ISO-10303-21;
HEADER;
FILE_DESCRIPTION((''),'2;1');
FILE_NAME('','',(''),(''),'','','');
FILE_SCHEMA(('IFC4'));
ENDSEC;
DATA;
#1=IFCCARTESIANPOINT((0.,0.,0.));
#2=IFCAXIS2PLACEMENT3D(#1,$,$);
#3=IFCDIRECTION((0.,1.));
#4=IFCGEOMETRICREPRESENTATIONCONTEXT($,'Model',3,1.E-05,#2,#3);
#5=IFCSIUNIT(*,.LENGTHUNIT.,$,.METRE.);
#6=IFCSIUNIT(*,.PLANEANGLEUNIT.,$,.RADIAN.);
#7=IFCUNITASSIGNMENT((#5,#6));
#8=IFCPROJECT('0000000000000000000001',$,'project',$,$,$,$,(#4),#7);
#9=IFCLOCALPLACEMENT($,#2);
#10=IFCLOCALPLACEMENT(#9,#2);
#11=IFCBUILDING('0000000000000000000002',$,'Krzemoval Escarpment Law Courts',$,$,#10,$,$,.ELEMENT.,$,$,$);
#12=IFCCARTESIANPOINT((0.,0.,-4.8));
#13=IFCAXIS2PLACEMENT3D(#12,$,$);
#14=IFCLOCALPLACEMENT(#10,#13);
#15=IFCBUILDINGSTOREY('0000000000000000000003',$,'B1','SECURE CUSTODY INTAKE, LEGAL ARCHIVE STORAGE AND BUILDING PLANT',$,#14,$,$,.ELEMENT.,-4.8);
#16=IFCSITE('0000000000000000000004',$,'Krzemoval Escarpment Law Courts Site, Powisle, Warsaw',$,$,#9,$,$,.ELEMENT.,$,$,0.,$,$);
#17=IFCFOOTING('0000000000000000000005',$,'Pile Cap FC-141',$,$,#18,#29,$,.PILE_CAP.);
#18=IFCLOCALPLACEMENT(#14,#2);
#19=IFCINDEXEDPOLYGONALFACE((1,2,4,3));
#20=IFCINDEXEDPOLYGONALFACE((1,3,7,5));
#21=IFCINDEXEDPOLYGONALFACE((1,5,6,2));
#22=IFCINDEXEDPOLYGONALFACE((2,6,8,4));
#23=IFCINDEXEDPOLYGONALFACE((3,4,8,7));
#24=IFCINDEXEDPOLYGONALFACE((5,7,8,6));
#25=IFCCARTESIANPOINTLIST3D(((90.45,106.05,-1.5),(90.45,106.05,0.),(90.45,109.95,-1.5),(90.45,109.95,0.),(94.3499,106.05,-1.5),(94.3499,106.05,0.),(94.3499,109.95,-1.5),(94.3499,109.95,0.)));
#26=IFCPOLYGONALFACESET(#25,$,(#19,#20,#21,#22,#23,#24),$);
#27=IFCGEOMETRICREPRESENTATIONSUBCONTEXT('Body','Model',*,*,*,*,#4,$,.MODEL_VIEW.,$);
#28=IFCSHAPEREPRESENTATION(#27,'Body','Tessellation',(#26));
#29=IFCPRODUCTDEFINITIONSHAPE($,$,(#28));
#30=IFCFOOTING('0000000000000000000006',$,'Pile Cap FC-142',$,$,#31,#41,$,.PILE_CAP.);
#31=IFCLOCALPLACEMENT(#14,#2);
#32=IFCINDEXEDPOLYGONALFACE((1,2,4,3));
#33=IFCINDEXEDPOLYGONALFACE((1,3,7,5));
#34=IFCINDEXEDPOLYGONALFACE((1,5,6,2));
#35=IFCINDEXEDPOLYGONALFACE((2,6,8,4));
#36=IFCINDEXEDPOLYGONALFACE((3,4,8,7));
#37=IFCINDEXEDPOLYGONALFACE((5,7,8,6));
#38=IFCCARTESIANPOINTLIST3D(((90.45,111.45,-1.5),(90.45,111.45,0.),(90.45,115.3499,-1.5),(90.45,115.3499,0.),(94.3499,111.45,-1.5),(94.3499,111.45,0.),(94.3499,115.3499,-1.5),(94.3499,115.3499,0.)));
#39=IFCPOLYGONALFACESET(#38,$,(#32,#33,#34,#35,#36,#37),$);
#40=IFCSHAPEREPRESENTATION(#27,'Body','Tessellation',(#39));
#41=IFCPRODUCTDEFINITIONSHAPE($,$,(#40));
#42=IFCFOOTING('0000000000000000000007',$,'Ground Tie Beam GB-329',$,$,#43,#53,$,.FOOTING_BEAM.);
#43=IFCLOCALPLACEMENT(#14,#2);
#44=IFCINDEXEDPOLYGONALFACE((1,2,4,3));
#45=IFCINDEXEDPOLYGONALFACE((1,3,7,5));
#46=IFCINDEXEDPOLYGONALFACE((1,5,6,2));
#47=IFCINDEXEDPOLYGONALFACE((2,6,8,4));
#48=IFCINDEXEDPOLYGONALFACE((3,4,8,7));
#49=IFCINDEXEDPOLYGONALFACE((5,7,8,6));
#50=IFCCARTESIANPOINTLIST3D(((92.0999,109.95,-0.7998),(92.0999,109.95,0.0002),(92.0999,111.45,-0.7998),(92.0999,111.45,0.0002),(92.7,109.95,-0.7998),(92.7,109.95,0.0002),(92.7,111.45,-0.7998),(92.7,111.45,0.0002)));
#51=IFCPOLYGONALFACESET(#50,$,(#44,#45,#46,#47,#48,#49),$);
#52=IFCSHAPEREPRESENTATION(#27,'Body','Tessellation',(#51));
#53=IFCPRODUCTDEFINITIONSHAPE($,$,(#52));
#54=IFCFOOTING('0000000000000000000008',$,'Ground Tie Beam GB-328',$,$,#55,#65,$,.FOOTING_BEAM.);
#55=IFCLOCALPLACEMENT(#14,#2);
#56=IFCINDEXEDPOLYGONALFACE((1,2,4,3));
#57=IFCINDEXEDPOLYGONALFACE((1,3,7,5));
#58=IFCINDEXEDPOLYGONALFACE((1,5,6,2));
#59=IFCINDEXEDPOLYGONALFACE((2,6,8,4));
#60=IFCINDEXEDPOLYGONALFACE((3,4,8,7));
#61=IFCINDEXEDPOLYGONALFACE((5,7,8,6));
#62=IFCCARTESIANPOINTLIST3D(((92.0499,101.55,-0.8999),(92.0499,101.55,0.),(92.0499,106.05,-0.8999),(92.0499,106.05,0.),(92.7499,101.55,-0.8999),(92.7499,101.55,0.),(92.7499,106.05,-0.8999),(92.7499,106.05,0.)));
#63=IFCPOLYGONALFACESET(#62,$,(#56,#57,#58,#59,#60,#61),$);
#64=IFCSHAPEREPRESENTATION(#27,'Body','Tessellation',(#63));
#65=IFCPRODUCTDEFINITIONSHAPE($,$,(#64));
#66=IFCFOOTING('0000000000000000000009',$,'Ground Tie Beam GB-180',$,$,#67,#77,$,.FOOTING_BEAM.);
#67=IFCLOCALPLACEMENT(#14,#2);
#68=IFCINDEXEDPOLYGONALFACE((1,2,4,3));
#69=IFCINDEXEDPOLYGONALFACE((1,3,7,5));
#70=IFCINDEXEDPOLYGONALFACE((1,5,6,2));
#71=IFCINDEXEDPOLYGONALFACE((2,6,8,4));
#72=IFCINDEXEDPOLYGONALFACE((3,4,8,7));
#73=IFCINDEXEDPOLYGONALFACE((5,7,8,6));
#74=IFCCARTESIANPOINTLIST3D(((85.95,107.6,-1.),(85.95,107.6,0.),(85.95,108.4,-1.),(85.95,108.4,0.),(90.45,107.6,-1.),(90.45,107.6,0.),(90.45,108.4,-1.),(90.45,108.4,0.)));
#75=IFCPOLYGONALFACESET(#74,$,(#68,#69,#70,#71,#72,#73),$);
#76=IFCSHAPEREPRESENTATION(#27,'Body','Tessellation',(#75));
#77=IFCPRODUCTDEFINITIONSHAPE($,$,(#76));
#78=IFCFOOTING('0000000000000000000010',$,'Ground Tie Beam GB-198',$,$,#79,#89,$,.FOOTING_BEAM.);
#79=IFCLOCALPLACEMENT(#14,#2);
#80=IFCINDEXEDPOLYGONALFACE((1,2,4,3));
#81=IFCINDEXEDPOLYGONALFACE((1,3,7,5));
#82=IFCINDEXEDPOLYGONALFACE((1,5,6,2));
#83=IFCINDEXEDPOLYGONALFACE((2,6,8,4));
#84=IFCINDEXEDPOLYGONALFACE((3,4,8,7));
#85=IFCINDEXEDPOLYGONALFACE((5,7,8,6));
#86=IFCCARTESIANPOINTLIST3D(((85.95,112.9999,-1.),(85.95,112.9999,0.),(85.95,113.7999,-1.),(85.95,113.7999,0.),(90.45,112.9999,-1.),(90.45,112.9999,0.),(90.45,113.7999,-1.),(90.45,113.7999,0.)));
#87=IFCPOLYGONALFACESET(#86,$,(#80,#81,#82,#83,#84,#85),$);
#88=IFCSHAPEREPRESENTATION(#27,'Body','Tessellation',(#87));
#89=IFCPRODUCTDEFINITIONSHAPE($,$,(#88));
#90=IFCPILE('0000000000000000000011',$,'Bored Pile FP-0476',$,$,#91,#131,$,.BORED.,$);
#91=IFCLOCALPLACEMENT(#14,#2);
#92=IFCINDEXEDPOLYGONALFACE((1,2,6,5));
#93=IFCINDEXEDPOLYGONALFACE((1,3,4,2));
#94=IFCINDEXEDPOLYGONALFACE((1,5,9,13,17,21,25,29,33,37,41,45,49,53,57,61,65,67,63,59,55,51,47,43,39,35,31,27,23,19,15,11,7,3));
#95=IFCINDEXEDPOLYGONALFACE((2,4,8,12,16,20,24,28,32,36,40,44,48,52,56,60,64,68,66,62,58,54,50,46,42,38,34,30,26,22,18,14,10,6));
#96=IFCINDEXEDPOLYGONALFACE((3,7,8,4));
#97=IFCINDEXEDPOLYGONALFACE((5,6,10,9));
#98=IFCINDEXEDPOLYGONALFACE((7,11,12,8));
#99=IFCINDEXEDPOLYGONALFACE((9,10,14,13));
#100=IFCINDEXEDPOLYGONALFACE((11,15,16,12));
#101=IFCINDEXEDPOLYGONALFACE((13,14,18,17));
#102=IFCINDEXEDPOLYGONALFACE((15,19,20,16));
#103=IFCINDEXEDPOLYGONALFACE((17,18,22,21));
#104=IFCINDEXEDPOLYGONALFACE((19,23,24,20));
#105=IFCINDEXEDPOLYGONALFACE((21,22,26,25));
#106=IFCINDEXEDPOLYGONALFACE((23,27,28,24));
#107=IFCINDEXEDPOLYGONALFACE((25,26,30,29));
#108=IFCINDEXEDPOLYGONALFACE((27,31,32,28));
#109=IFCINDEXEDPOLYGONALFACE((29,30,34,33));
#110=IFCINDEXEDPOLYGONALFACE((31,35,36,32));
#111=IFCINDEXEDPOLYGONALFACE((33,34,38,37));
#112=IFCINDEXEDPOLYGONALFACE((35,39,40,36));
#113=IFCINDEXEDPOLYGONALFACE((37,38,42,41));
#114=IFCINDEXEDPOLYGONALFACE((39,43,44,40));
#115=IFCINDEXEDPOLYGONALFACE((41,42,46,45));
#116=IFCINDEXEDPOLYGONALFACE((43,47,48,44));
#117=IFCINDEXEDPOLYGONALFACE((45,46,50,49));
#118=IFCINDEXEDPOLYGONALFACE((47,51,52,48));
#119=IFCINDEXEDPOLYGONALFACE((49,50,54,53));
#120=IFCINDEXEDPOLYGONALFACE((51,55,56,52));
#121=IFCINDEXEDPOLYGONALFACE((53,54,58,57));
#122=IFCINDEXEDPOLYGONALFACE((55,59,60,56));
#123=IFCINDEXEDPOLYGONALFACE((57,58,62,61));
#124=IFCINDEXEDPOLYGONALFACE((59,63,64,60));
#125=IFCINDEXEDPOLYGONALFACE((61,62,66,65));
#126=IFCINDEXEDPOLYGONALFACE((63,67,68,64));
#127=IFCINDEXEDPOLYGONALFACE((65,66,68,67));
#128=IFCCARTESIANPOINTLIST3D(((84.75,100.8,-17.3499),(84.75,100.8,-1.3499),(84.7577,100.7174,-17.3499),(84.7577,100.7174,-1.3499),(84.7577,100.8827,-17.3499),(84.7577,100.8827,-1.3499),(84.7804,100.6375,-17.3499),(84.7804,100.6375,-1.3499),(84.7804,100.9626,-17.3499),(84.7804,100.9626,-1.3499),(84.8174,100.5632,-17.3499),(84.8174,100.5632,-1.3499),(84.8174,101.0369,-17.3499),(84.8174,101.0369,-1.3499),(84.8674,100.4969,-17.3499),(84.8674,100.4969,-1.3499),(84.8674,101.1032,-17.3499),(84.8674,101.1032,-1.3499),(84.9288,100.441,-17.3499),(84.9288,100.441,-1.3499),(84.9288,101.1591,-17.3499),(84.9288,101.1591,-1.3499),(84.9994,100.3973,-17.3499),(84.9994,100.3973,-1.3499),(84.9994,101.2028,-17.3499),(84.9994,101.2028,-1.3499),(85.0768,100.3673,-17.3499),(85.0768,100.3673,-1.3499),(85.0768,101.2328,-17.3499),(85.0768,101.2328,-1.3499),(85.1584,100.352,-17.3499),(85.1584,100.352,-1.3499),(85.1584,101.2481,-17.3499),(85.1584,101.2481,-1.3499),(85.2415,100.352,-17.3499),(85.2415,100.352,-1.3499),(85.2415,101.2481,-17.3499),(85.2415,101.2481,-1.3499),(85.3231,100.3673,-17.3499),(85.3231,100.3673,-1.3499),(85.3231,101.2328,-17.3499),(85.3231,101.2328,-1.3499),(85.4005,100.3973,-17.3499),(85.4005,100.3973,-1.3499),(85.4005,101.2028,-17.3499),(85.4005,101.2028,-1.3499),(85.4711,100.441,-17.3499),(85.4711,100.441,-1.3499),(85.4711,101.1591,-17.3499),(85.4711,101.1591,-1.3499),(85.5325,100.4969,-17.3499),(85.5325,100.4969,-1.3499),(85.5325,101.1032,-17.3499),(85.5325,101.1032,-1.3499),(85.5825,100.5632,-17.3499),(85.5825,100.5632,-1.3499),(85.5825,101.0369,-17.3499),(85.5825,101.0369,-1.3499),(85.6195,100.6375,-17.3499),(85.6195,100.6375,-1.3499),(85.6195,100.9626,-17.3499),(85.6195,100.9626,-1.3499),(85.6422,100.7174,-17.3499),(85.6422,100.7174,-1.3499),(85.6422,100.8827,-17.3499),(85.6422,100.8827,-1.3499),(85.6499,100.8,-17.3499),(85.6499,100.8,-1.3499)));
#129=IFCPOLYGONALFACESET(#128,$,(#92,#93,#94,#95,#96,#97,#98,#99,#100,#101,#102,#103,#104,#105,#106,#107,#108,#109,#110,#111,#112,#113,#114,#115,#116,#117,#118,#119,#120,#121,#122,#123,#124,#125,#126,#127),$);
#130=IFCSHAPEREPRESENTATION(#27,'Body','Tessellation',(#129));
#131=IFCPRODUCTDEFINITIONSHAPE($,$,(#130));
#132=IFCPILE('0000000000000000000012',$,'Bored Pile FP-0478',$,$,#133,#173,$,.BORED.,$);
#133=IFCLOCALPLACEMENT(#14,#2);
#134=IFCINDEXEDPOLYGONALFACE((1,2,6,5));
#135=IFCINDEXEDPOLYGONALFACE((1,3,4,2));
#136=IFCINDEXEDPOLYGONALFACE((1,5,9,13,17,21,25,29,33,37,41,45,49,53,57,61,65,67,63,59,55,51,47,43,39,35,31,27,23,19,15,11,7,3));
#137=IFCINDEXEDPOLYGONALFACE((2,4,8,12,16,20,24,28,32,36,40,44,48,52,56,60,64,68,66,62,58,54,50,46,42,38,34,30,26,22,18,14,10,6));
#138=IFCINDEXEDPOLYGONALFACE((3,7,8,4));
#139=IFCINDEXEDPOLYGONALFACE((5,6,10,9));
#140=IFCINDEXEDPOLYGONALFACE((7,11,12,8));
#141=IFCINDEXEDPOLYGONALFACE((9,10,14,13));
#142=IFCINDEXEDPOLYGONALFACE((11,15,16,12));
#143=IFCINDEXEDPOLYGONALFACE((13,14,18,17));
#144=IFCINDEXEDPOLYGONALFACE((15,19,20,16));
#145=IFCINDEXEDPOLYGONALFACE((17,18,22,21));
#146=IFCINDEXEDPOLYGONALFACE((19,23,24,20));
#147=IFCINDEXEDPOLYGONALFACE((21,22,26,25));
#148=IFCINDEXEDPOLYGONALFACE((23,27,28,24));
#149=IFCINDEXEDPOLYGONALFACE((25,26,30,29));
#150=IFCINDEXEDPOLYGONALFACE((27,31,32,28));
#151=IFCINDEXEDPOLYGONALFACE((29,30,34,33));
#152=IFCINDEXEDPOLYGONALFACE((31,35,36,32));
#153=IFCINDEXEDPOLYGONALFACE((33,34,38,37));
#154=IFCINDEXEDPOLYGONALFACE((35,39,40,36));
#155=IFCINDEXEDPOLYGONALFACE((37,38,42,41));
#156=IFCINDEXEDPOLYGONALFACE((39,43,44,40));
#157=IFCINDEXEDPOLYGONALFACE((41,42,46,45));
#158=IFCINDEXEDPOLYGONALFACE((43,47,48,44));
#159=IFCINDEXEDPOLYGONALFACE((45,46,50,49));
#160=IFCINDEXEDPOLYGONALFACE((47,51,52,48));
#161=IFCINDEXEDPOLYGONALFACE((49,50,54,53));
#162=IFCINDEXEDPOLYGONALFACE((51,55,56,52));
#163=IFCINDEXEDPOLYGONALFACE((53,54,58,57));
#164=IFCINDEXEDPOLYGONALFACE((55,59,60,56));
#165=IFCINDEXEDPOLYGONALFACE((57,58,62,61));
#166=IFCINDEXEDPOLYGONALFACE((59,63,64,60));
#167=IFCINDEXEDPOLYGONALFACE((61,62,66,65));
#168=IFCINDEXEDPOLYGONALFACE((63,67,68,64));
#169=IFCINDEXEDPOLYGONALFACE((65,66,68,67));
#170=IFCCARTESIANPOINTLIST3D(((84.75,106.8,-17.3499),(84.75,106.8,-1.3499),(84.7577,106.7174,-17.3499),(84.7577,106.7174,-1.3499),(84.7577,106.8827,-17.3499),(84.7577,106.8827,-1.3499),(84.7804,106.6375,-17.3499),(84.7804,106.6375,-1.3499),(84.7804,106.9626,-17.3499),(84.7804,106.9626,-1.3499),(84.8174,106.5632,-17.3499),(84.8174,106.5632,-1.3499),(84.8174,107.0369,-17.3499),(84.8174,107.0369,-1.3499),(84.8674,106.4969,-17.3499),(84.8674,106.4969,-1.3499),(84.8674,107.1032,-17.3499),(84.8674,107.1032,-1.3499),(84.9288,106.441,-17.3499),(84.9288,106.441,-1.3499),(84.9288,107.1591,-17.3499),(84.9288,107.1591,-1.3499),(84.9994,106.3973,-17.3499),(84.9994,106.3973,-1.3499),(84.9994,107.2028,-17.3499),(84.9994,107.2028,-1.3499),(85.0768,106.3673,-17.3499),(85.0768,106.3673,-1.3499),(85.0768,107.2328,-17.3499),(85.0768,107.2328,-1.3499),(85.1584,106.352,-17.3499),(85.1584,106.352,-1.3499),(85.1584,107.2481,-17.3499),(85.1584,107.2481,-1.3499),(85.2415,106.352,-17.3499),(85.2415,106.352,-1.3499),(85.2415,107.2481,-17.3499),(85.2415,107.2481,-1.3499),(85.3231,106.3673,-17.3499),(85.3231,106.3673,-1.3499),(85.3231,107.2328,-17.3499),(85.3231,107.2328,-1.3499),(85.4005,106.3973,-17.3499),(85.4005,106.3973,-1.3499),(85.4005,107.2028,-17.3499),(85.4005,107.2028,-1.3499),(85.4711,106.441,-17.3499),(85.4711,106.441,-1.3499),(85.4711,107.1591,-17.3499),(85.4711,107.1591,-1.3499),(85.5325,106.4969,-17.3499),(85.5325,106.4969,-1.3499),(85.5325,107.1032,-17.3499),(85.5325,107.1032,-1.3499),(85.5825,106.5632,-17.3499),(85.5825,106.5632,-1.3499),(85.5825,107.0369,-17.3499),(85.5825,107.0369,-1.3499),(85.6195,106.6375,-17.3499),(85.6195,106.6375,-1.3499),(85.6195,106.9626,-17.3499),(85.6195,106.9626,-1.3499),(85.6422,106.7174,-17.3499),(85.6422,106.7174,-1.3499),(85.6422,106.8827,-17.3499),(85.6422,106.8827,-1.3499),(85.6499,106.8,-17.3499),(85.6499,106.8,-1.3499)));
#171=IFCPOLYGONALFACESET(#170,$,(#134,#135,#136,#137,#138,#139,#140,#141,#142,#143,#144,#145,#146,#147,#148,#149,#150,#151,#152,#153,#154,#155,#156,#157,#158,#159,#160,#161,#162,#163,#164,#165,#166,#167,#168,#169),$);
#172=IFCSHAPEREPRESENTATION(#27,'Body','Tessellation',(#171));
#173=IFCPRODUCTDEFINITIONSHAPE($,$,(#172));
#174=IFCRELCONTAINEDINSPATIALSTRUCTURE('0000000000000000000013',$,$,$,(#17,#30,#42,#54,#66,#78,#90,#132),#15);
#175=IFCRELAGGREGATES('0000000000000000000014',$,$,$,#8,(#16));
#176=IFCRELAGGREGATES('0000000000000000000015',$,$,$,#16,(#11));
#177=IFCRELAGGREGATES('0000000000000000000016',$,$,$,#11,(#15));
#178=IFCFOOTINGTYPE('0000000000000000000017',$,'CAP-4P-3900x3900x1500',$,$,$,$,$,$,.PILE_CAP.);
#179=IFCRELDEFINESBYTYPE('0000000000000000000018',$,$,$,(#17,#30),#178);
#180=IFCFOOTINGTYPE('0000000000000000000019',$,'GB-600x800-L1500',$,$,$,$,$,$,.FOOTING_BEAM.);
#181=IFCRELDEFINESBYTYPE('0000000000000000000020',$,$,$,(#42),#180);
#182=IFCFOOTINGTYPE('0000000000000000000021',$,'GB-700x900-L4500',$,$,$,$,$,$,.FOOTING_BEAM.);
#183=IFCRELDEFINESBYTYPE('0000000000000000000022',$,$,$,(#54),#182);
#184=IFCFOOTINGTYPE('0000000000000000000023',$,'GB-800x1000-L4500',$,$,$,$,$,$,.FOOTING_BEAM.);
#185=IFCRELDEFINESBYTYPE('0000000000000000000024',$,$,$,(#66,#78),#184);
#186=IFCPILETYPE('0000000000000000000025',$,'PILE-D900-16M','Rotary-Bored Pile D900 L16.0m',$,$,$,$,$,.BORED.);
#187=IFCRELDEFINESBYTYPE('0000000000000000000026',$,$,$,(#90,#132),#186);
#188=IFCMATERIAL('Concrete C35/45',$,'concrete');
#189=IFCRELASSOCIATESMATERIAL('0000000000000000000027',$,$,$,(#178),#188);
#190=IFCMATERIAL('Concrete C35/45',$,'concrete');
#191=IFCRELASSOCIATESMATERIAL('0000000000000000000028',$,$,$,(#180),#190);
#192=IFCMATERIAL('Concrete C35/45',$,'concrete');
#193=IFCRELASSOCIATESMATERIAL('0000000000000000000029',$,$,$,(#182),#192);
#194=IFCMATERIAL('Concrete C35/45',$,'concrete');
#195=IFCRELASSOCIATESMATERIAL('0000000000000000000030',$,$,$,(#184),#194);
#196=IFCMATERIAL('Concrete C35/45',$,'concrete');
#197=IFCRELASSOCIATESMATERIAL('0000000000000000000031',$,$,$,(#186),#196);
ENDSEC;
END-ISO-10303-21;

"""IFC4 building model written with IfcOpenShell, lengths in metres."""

from ifc_helpers import new_model, si_unit, direction, frame, origin, origin_2d, place, context, subcontext, project, spatial, rectangle, circle, extrude, material, material_profile, profile_set, type_object, element, save


model = new_model("IFC4")

# Units and contexts
model_context = context("Model", 3, precision=1e-05, world=origin(), true_north=direction((0.0, 1.0)))
body_context = subcontext(model_context, "Body", "Model", "MODEL_VIEW")
ifc_project = project(units=[si_unit("LENGTHUNIT", "METRE"), si_unit("PLANEANGLEUNIT", "RADIAN")], contexts=[model_context])

# Site, building, storey
site_placement = place(None, origin())
site = spatial("IfcSite", under=ifc_project, at=site_placement, Name="Krzemoval Escarpment Law Courts Site, Powisle, Warsaw", CompositionType="ELEMENT", RefElevation=0.0)
building_placement = place(site_placement, origin())
building = spatial("IfcBuilding", under=site, at=building_placement, Name="Krzemoval Escarpment Law Courts", CompositionType="ELEMENT")
storey_placement = place(building_placement, frame((0.0, 0.0, -4.8)))
storey = spatial("IfcBuildingStorey", under=building, at=storey_placement, Name="B1", Description="SECURE CUSTODY INTAKE, LEGAL ARCHIVE STORAGE AND BUILDING PLANT", CompositionType="ELEMENT", Elevation=-4.8)

# Footings
ifc_material_1 = material(Name="Concrete C35/45", Category="concrete")
footing_type_1 = type_object("IfcFootingType", Name="CAP-4P-3900x3900x1500", PredefinedType="PILE_CAP", material=ifc_material_1)
for number, where, z_axis, x_axis, name in (
    (1, (92.3999, 108.0, -1.5), (0.0, 0.0, 1.0), (1.0, 0.0, 0.0), "Pile Cap FC-141"),
    (2, (92.3999, 113.3999, -1.5), (0.0, 0.0, 1.0), (1.0, 0.0, 0.0), "Pile Cap FC-142"),
):
    element("IfcFooting", number, at=place(storey_placement, frame(where, z_axis=z_axis, x_axis=x_axis)), inside=storey, type_object=footing_type_1, Name=name, PredefinedType="PILE_CAP", context=body_context, shape_type="SweptSolid", body=[
        extrude(rectangle(XDim=3.8999, YDim=3.8999, at=origin_2d()), origin(), (0.0, 0.0, 1.0), 1.5),
    ])
ifc_material_2 = material(Name="Concrete C35/45", Category="concrete")
footing_type_2 = type_object("IfcFootingType", Name="GB-600x800-L1500", PredefinedType="FOOTING_BEAM", material=ifc_material_2)
footing_1_placement = place(storey_placement, frame((92.3999, 110.7, -0.7998), z_axis=(0.0, 0.0, 1.0), x_axis=(0.0, 1.0, 0.0)))
element("IfcFooting", 3, at=footing_1_placement, inside=storey, type_object=footing_type_2, Name="Ground Tie Beam GB-329", PredefinedType="FOOTING_BEAM", context=body_context, shape_type="SweptSolid", body=[
    extrude(rectangle(XDim=1.5, YDim=0.6001, at=origin_2d()), origin(), (0.0, 0.0, 1.0), 0.8),
])
ifc_material_3 = material(Name="Concrete C35/45", Category="concrete")
footing_type_3 = type_object("IfcFootingType", Name="GB-700x900-L4500", PredefinedType="FOOTING_BEAM", material=ifc_material_3)
footing_2_placement = place(storey_placement, frame((92.3999, 103.8, -0.8999), z_axis=(0.0, 0.0, 1.0), x_axis=(0.0, 1.0, 0.0)))
element("IfcFooting", 4, at=footing_2_placement, inside=storey, type_object=footing_type_3, Name="Ground Tie Beam GB-328", PredefinedType="FOOTING_BEAM", context=body_context, shape_type="SweptSolid", body=[
    extrude(rectangle(XDim=4.5, YDim=0.7, at=origin_2d()), origin(), (0.0, 0.0, 1.0), 0.8999),
])
ifc_material_4 = material(Name="Concrete C35/45", Category="concrete")
footing_type_4 = type_object("IfcFootingType", Name="GB-800x1000-L4500", PredefinedType="FOOTING_BEAM", material=ifc_material_4)
for number, where, z_axis, x_axis, name in (
    (5, (88.2, 108.0, -1.0), (0.0, 0.0, 1.0), (1.0, 0.0, 0.0), "Ground Tie Beam GB-180"),
    (6, (88.2, 113.3999, -1.0), (0.0, 0.0, 1.0), (1.0, 0.0, 0.0), "Ground Tie Beam GB-198"),
):
    element("IfcFooting", number, at=place(storey_placement, frame(where, z_axis=z_axis, x_axis=x_axis)), inside=storey, type_object=footing_type_4, Name=name, PredefinedType="FOOTING_BEAM", context=body_context, shape_type="SweptSolid", body=[
        extrude(rectangle(XDim=4.5, YDim=0.8, at=origin_2d()), origin(), (0.0, 0.0, 1.0), 1.0),
    ])

# Piles
ifc_material_5 = material(Name="Concrete C35/45", Category="concrete")
ifc_material_profile_1 = material_profile(ifc_material_5, circle(Radius=0.45, at=origin_2d()), Name="PILE D900")
ifc_profile_set_1 = profile_set([ifc_material_profile_1], Name="Concrete C35/45")
pile_type = type_object("IfcPileType", Name="PILE-D900-16M", Description="Rotary-Bored Pile D900 L16.0m", PredefinedType="BORED", material=ifc_profile_set_1)
for number, where, z_axis, x_axis, name in (
    (7, (85.2, 100.8, -1.3499), (0.0, 0.0, -1.0), (1.0, 0.0, 0.0), "Bored Pile FP-0476"),
    (8, (85.2, 106.8, -1.3499), (0.0, 0.0, -1.0), (1.0, 0.0, 0.0), "Bored Pile FP-0478"),
):
    element("IfcPile", number, at=place(storey_placement, frame(where, z_axis=z_axis, x_axis=x_axis)), inside=storey, type_object=pile_type, Name=name, PredefinedType="BORED", context=body_context, shape_type="SweptSolid", body=[
        extrude(circle(Radius=0.45, at=origin_2d()), origin(), (0.0, 0.0, 1.0), 16.0),
    ])

save(model, "model.ifc")
